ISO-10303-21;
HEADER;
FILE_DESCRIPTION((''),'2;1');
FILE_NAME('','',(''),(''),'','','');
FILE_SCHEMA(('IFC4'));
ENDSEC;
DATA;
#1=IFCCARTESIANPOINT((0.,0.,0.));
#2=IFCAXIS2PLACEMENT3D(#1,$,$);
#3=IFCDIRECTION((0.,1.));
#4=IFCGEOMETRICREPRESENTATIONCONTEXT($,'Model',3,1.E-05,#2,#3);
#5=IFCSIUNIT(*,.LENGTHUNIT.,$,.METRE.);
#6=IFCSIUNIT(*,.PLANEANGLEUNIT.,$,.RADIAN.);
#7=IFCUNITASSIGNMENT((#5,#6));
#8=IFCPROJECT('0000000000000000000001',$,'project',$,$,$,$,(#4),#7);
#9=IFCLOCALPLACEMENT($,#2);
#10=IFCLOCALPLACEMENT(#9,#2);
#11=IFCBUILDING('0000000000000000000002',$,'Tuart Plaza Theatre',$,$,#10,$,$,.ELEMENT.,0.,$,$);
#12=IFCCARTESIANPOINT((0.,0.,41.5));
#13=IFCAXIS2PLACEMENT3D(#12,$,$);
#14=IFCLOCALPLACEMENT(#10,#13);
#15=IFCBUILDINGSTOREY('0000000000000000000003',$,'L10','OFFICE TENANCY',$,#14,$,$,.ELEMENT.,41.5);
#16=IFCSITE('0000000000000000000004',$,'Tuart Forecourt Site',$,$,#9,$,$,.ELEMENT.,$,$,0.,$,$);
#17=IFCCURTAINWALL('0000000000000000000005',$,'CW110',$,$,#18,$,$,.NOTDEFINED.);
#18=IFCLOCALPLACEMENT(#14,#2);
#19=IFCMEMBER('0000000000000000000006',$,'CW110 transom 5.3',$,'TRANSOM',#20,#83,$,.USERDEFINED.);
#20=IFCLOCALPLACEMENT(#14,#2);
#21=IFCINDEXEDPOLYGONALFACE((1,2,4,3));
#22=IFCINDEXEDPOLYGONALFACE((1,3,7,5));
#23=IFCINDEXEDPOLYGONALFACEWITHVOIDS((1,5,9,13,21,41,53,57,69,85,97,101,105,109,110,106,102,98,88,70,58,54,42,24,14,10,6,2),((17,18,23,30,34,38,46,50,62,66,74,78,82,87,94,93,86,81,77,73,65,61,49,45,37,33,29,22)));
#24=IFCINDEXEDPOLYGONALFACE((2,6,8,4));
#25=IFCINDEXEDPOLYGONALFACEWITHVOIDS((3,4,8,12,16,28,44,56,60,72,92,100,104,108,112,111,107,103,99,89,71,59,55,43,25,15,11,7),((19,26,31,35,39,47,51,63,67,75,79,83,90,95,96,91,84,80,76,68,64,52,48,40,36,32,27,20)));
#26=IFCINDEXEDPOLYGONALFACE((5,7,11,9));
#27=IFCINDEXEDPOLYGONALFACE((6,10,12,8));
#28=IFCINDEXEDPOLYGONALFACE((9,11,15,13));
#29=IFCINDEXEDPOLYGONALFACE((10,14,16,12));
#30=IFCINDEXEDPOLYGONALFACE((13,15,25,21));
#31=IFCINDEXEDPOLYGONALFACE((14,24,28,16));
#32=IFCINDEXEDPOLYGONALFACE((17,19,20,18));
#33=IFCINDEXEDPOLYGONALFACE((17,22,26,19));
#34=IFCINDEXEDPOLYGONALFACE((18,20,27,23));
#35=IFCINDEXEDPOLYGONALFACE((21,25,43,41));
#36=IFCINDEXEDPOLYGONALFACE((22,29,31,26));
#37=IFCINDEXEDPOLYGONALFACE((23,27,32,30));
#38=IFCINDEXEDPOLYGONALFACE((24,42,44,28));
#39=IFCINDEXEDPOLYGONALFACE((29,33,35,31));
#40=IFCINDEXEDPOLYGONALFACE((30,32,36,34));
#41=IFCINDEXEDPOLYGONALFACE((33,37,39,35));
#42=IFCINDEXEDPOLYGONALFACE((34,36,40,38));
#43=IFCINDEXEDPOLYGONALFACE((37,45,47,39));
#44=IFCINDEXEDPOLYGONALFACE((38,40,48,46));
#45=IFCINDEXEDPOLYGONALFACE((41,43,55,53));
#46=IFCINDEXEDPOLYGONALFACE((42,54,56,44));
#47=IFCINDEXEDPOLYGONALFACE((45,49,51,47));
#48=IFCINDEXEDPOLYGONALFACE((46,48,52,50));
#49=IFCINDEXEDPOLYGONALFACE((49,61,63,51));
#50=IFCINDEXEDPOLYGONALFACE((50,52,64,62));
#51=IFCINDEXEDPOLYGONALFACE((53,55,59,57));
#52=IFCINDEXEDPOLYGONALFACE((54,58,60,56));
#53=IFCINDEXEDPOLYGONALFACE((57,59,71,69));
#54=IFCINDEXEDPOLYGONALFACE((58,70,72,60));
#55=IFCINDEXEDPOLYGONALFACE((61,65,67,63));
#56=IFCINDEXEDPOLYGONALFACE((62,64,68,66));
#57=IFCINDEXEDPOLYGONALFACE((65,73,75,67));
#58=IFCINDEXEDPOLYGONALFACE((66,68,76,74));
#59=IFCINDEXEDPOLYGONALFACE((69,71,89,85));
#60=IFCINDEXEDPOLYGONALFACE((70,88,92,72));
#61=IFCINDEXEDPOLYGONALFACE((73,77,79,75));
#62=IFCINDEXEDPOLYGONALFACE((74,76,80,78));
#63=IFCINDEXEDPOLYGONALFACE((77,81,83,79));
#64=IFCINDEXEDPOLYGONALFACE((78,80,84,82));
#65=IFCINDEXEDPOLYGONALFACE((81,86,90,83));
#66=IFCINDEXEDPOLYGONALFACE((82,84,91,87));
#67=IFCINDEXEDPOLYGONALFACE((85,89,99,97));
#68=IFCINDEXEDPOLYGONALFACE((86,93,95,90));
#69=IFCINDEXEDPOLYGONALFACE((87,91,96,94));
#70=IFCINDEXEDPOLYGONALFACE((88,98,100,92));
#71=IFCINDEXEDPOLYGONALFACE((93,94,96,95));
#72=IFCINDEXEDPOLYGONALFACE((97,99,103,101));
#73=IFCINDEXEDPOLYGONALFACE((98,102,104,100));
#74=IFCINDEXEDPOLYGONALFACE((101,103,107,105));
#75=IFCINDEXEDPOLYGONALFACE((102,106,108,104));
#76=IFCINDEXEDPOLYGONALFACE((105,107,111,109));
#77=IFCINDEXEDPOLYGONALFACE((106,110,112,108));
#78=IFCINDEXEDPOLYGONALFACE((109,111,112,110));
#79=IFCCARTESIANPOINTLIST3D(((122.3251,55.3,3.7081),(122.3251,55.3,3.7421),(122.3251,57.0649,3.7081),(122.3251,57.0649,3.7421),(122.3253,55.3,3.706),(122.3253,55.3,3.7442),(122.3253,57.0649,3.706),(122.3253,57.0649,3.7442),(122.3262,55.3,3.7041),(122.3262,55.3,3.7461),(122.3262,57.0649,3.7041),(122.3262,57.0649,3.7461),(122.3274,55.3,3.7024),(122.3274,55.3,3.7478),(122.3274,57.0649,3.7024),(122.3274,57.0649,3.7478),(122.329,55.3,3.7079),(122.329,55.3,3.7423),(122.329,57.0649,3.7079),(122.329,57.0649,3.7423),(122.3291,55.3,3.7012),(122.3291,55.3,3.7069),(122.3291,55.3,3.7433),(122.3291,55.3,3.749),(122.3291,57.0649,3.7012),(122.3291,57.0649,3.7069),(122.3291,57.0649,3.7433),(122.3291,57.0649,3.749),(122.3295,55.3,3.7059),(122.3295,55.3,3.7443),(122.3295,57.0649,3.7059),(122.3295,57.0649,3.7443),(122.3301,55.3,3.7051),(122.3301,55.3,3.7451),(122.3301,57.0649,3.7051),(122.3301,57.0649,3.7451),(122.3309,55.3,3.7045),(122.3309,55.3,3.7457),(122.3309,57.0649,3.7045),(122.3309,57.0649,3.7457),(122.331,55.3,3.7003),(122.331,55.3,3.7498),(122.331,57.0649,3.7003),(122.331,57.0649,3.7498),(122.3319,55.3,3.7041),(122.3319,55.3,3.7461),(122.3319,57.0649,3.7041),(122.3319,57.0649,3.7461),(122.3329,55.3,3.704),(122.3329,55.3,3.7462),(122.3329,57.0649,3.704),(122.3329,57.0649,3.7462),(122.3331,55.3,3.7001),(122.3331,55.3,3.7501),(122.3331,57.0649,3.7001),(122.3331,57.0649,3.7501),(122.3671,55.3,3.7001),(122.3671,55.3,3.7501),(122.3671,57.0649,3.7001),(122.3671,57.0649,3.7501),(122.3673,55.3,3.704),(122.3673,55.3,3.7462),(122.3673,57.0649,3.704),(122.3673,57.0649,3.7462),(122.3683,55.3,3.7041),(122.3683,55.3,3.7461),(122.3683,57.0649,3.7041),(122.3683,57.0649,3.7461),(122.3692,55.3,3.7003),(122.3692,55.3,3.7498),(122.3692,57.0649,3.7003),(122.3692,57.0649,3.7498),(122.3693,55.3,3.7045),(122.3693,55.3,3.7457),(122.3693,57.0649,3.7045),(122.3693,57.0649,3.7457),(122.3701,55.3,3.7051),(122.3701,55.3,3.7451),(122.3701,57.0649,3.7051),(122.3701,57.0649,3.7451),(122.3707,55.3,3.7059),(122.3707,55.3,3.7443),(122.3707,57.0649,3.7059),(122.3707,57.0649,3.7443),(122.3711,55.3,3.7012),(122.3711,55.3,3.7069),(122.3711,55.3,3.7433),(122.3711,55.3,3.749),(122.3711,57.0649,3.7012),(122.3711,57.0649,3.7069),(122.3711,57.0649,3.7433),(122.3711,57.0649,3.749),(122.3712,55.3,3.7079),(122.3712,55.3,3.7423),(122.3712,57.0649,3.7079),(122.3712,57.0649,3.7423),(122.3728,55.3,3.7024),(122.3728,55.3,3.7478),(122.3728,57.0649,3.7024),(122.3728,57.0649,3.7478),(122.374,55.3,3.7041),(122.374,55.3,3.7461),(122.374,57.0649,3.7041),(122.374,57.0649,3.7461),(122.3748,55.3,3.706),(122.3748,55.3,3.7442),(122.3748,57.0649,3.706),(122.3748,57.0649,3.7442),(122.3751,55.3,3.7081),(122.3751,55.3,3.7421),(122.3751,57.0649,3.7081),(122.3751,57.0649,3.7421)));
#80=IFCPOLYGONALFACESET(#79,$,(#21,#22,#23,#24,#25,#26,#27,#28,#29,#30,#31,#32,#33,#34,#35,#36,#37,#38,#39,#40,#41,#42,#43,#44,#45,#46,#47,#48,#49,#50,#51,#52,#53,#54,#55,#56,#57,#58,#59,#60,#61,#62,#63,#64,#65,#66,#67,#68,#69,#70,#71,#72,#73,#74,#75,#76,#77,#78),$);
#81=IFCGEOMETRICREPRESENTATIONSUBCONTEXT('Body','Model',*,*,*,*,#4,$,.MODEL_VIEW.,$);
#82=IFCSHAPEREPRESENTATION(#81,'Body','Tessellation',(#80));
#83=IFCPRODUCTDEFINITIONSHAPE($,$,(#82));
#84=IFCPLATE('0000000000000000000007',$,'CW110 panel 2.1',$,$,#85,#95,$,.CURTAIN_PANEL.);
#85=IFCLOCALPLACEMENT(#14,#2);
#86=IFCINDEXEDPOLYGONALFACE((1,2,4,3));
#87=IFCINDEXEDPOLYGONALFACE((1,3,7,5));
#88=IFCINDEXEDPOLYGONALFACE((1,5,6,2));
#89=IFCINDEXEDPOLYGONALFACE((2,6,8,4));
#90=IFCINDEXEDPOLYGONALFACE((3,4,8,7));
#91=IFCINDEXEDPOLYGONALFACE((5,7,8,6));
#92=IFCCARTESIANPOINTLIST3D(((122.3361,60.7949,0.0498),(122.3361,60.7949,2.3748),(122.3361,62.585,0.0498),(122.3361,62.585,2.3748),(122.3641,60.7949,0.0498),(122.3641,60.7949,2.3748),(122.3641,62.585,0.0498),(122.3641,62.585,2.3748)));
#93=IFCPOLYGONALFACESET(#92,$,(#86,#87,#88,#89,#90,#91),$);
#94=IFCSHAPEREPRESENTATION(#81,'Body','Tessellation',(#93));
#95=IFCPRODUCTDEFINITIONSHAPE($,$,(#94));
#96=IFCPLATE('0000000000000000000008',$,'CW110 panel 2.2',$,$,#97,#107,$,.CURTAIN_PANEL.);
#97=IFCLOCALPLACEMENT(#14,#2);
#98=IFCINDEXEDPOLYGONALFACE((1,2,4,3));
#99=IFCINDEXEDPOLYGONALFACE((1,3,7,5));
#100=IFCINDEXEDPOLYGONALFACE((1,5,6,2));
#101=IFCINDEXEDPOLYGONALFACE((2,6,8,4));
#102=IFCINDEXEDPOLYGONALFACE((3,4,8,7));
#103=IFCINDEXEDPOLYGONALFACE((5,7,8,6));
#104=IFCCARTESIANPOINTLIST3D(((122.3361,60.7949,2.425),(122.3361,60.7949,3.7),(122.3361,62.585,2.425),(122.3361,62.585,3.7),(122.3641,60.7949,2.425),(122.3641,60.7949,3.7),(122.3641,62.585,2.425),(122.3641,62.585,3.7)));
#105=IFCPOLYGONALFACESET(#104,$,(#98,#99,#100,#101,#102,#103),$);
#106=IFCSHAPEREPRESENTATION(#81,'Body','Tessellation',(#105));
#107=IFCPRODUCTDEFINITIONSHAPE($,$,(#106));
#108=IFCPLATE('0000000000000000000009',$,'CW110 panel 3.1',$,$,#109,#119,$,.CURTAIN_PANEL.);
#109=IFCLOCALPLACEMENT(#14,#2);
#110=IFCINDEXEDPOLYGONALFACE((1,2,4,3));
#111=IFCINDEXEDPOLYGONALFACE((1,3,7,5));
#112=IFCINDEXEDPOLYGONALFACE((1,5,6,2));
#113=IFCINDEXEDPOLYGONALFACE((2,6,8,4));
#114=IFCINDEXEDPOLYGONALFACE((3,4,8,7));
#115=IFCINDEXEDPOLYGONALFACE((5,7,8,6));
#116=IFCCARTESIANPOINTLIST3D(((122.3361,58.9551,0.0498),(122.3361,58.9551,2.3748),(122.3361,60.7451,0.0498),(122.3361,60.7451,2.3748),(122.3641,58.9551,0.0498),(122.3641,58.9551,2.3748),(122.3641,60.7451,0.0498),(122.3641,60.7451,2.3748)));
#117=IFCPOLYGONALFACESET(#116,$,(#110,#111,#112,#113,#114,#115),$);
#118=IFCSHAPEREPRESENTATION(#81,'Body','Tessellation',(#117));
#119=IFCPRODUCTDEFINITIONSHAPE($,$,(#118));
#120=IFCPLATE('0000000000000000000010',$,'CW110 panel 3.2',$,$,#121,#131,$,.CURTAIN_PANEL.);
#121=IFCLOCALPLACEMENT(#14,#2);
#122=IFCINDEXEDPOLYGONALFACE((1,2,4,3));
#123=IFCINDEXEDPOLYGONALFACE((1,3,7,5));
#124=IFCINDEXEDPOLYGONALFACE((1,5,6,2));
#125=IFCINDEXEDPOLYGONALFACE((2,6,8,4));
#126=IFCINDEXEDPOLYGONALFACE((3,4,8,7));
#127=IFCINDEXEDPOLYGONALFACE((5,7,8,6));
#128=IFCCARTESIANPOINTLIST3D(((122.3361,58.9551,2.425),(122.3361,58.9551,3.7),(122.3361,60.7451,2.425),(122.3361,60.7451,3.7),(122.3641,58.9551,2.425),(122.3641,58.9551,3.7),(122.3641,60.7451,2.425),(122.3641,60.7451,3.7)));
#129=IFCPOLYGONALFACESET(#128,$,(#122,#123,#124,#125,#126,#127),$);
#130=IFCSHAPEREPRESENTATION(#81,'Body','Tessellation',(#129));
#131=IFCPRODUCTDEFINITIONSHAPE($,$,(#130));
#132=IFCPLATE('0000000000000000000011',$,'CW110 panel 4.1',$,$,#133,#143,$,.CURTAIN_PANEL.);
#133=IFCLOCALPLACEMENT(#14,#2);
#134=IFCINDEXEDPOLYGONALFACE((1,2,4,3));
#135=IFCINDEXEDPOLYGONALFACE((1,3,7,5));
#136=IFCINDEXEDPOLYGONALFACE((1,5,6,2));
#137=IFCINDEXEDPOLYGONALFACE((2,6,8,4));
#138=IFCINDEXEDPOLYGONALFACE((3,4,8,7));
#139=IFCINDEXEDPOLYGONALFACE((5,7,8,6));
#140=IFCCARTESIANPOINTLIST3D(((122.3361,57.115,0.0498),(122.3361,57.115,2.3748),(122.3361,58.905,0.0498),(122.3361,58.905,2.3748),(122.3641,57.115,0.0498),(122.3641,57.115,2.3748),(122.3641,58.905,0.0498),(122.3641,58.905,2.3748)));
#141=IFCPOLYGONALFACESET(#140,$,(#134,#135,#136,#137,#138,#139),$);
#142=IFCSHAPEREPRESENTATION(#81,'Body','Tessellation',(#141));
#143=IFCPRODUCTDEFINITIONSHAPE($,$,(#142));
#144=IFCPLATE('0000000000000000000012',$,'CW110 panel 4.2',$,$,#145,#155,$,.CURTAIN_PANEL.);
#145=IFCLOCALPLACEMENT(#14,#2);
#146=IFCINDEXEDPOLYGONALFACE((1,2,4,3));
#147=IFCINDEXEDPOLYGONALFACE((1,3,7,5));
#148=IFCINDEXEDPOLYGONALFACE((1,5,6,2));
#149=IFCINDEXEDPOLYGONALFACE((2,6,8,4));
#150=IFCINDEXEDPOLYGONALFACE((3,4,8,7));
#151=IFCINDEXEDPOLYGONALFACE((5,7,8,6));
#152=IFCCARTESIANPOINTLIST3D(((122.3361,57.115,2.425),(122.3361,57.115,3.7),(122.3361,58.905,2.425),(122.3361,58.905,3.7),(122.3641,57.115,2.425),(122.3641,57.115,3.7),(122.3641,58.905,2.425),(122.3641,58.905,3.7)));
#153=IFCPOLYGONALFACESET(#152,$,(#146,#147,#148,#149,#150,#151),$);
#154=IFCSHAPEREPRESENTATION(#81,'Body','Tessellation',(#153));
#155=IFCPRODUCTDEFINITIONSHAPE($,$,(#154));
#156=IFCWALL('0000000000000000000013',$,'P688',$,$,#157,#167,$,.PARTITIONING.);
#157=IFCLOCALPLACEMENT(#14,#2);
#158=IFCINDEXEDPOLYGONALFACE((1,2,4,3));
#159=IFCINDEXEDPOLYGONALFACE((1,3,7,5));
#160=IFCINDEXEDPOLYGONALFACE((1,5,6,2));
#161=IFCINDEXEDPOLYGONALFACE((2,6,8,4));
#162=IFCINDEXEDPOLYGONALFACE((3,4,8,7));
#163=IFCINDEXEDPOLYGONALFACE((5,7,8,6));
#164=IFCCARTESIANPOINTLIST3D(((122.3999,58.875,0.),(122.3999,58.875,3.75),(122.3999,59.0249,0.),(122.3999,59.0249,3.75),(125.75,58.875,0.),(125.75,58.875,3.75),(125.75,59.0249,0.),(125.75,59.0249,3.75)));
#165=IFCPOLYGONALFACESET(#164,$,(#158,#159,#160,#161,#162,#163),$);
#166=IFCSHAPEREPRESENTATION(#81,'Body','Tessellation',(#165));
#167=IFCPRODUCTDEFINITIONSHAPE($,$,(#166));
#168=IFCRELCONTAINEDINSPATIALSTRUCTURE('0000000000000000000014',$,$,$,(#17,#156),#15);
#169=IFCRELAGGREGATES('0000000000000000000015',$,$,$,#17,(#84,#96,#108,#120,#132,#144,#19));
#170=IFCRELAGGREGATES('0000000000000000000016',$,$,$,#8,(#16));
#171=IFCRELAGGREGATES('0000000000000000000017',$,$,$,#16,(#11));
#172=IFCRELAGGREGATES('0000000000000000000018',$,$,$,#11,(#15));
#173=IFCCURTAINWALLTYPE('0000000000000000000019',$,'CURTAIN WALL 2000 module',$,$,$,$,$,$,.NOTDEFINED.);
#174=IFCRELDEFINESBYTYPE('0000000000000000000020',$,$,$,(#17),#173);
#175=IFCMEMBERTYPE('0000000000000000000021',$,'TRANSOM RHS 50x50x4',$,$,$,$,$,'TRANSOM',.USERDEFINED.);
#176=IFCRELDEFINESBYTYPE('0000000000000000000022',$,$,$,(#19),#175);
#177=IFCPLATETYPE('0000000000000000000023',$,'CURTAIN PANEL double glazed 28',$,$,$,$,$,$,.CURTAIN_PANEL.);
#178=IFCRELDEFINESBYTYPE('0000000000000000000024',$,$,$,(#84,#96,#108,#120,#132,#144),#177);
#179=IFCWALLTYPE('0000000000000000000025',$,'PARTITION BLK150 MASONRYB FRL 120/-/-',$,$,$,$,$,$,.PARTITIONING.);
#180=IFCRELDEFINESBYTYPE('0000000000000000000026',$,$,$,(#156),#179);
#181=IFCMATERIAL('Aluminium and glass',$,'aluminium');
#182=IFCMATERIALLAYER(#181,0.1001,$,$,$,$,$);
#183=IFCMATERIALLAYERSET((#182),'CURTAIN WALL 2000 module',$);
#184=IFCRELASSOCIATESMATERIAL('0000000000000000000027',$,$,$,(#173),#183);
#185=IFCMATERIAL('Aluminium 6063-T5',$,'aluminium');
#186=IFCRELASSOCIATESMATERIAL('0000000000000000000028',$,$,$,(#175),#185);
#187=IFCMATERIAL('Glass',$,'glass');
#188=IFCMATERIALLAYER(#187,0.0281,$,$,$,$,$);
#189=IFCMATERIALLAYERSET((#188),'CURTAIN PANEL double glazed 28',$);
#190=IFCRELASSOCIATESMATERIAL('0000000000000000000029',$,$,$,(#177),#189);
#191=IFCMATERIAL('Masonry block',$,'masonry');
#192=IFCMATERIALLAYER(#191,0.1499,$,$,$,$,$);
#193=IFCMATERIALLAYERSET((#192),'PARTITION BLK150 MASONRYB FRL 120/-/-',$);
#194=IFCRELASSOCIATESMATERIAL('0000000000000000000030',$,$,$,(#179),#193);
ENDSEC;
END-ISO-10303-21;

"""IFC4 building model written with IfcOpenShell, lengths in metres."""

from ifc_helpers import new_model, si_unit, direction, frame, frame_2d, origin, origin_2d, place, context, subcontext, project, spatial, rectangle, hollow_rectangle, extrude, material, layer, layer_set, material_profile, profile_set, type_object, element, aggregate, save


model = new_model("IFC4")

# Units and contexts
model_context = context("Model", 3, precision=1e-05, world=origin(), true_north=direction((0.0, 1.0)))
body_context = subcontext(model_context, "Body", "Model", "MODEL_VIEW")
ifc_project = project(units=[si_unit("LENGTHUNIT", "METRE"), si_unit("PLANEANGLEUNIT", "RADIAN")], contexts=[model_context])

# Site, building, storey
site_placement = place(None, origin())
site = spatial("IfcSite", under=ifc_project, at=site_placement, Name="Tuart Forecourt Site", CompositionType="ELEMENT", RefElevation=0.0)
building_placement = place(site_placement, origin())
building = spatial("IfcBuilding", under=site, at=building_placement, Name="Tuart Plaza Theatre", CompositionType="ELEMENT", ElevationOfRefHeight=0.0)
storey_placement = place(building_placement, frame((0.0, 0.0, 41.5)))
storey = spatial("IfcBuildingStorey", under=building, at=storey_placement, Name="L10", Description="OFFICE TENANCY", CompositionType="ELEMENT", Elevation=41.5)

# Curtain wall, member, plates
ifc_material_1 = material(Name="Aluminium and glass", Category="aluminium")
ifc_layer_1 = layer(ifc_material_1, 0.1001)
ifc_layer_set_1 = layer_set([ifc_layer_1], Name="CURTAIN WALL 2000 module")
curtain_wall_type = type_object("IfcCurtainWallType", Name="CURTAIN WALL 2000 module", PredefinedType="NOTDEFINED", material=ifc_layer_set_1)
curtain_wall_placement = place(storey_placement, origin())
curtain_wall = element("IfcCurtainWall", 1, at=curtain_wall_placement, inside=storey, type_object=curtain_wall_type, Name="CW110", PredefinedType="NOTDEFINED")
ifc_material_2 = material(Name="Aluminium 6063-T5", Category="aluminium")
ifc_material_profile_1 = material_profile(ifc_material_2, hollow_rectangle(XDim=0.05, YDim=0.05, WallThickness=0.0039, InnerFilletRadius=0.0039, OuterFilletRadius=0.0081, at=origin_2d()), Name="RHS 50x50x4")
ifc_profile_set_1 = profile_set([ifc_material_profile_1], Name="Aluminium 6063-T5")
member_type_1 = type_object("IfcMemberType", Name="TRANSOM RHS 50x50x4", ElementType="TRANSOM", PredefinedType="USERDEFINED", material=ifc_profile_set_1)
member_1_placement = place(storey_placement, frame((122.3501, 57.0649, 3.7251), z_axis=(0.0, -1.0, 0.0), x_axis=(1.0, 0.0, 0.0)))
member_1 = element("IfcMember", 2, at=member_1_placement, type_object=member_type_1, Name="CW110 transom 5.3", ObjectType="TRANSOM", PredefinedType="USERDEFINED", context=body_context, shape_type="SweptSolid", body=[
    extrude(hollow_rectangle(XDim=0.05, YDim=0.05, WallThickness=0.0039, InnerFilletRadius=0.0039, OuterFilletRadius=0.0081, at=origin_2d()), origin(), (0.0, 0.0, 1.0), 1.7649),
])
ifc_material_3 = material(Name="Glass", Category="glass")
ifc_layer_2 = layer(ifc_material_3, 0.0281)
ifc_layer_set_2 = layer_set([ifc_layer_2], Name="CURTAIN PANEL double glazed 28")
plate_type = type_object("IfcPlateType", Name="CURTAIN PANEL double glazed 28", PredefinedType="CURTAIN_PANEL", material=ifc_layer_set_2)
plate_1_placement = place(storey_placement, frame((122.3501, 61.6899, 0.0498), z_axis=(0.0, 0.0, 1.0), x_axis=(0.0, -1.0, 0.0)))
plate_1 = element("IfcPlate", 3, at=plate_1_placement, type_object=plate_type, Name="CW110 panel 2.1", PredefinedType="CURTAIN_PANEL", context=body_context, shape_type="SweptSolid", body=[
    extrude(rectangle(XDim=1.79, YDim=0.0281, at=origin_2d()), origin(), (0.0, 0.0, 1.0), 2.325),
])
plate_2_placement = place(storey_placement, frame((122.3501, 61.6899, 2.425), z_axis=(0.0, 0.0, 1.0), x_axis=(0.0, -1.0, 0.0)))
plate_2 = element("IfcPlate", 4, at=plate_2_placement, type_object=plate_type, Name="CW110 panel 2.2", PredefinedType="CURTAIN_PANEL", context=body_context, shape_type="SweptSolid", body=[
    extrude(rectangle(XDim=1.79, YDim=0.0281, at=origin_2d()), origin(), (0.0, 0.0, 1.0), 1.2749),
])
plate_3_placement = place(storey_placement, frame((122.3501, 59.8501, 0.0498), z_axis=(0.0, 0.0, 1.0), x_axis=(0.0, -1.0, 0.0)))
plate_3 = element("IfcPlate", 5, at=plate_3_placement, type_object=plate_type, Name="CW110 panel 3.1", PredefinedType="CURTAIN_PANEL", context=body_context, shape_type="SweptSolid", body=[
    extrude(rectangle(XDim=1.79, YDim=0.0281, at=origin_2d()), origin(), (0.0, 0.0, 1.0), 2.325),
])
plate_4_placement = place(storey_placement, frame((122.3501, 59.8501, 2.425), z_axis=(0.0, 0.0, 1.0), x_axis=(0.0, -1.0, 0.0)))
plate_4 = element("IfcPlate", 6, at=plate_4_placement, type_object=plate_type, Name="CW110 panel 3.2", PredefinedType="CURTAIN_PANEL", context=body_context, shape_type="SweptSolid", body=[
    extrude(rectangle(XDim=1.79, YDim=0.0281, at=origin_2d()), origin(), (0.0, 0.0, 1.0), 1.2749),
])
plate_5_placement = place(storey_placement, frame((122.3501, 58.01, 0.0498), z_axis=(0.0, 0.0, 1.0), x_axis=(0.0, -1.0, 0.0)))
plate_5 = element("IfcPlate", 7, at=plate_5_placement, type_object=plate_type, Name="CW110 panel 4.1", PredefinedType="CURTAIN_PANEL", context=body_context, shape_type="SweptSolid", body=[
    extrude(rectangle(XDim=1.79, YDim=0.0281, at=origin_2d()), origin(), (0.0, 0.0, 1.0), 2.325),
])
plate_6_placement = place(storey_placement, frame((122.3501, 58.01, 2.425), z_axis=(0.0, 0.0, 1.0), x_axis=(0.0, -1.0, 0.0)))
plate_6 = element("IfcPlate", 8, at=plate_6_placement, type_object=plate_type, Name="CW110 panel 4.2", PredefinedType="CURTAIN_PANEL", context=body_context, shape_type="SweptSolid", body=[
    extrude(rectangle(XDim=1.79, YDim=0.0281, at=origin_2d()), origin(), (0.0, 0.0, 1.0), 1.2749),
])
aggregate(curtain_wall, [plate_1, plate_2, plate_3, plate_4, plate_5, plate_6, member_1])

# Wall
ifc_material_4 = material(Name="Masonry block", Category="masonry")
ifc_layer_3 = layer(ifc_material_4, 0.1499)
ifc_layer_set_3 = layer_set([ifc_layer_3], Name="PARTITION BLK150 MASONRYB FRL 120/-/-")
wall_type = type_object("IfcWallType", Name="PARTITION BLK150 MASONRYB FRL 120/-/-", PredefinedType="PARTITIONING", material=ifc_layer_set_3)
wall_placement = place(storey_placement, frame((122.3999, 58.95, 0.0), z_axis=(0.0, 0.0, 1.0), x_axis=(1.0, 0.0, 0.0)))
element("IfcWall", 9, at=wall_placement, inside=storey, type_object=wall_type, Name="P688", PredefinedType="PARTITIONING", context=body_context, shape_type="SweptSolid", body=[
    extrude(rectangle(XDim=3.3501, YDim=0.1499, at=frame_2d((1.675, 0.0))), origin(), (0.0, 0.0, 1.0), 3.75),
])

save(model, "model.ifc")
